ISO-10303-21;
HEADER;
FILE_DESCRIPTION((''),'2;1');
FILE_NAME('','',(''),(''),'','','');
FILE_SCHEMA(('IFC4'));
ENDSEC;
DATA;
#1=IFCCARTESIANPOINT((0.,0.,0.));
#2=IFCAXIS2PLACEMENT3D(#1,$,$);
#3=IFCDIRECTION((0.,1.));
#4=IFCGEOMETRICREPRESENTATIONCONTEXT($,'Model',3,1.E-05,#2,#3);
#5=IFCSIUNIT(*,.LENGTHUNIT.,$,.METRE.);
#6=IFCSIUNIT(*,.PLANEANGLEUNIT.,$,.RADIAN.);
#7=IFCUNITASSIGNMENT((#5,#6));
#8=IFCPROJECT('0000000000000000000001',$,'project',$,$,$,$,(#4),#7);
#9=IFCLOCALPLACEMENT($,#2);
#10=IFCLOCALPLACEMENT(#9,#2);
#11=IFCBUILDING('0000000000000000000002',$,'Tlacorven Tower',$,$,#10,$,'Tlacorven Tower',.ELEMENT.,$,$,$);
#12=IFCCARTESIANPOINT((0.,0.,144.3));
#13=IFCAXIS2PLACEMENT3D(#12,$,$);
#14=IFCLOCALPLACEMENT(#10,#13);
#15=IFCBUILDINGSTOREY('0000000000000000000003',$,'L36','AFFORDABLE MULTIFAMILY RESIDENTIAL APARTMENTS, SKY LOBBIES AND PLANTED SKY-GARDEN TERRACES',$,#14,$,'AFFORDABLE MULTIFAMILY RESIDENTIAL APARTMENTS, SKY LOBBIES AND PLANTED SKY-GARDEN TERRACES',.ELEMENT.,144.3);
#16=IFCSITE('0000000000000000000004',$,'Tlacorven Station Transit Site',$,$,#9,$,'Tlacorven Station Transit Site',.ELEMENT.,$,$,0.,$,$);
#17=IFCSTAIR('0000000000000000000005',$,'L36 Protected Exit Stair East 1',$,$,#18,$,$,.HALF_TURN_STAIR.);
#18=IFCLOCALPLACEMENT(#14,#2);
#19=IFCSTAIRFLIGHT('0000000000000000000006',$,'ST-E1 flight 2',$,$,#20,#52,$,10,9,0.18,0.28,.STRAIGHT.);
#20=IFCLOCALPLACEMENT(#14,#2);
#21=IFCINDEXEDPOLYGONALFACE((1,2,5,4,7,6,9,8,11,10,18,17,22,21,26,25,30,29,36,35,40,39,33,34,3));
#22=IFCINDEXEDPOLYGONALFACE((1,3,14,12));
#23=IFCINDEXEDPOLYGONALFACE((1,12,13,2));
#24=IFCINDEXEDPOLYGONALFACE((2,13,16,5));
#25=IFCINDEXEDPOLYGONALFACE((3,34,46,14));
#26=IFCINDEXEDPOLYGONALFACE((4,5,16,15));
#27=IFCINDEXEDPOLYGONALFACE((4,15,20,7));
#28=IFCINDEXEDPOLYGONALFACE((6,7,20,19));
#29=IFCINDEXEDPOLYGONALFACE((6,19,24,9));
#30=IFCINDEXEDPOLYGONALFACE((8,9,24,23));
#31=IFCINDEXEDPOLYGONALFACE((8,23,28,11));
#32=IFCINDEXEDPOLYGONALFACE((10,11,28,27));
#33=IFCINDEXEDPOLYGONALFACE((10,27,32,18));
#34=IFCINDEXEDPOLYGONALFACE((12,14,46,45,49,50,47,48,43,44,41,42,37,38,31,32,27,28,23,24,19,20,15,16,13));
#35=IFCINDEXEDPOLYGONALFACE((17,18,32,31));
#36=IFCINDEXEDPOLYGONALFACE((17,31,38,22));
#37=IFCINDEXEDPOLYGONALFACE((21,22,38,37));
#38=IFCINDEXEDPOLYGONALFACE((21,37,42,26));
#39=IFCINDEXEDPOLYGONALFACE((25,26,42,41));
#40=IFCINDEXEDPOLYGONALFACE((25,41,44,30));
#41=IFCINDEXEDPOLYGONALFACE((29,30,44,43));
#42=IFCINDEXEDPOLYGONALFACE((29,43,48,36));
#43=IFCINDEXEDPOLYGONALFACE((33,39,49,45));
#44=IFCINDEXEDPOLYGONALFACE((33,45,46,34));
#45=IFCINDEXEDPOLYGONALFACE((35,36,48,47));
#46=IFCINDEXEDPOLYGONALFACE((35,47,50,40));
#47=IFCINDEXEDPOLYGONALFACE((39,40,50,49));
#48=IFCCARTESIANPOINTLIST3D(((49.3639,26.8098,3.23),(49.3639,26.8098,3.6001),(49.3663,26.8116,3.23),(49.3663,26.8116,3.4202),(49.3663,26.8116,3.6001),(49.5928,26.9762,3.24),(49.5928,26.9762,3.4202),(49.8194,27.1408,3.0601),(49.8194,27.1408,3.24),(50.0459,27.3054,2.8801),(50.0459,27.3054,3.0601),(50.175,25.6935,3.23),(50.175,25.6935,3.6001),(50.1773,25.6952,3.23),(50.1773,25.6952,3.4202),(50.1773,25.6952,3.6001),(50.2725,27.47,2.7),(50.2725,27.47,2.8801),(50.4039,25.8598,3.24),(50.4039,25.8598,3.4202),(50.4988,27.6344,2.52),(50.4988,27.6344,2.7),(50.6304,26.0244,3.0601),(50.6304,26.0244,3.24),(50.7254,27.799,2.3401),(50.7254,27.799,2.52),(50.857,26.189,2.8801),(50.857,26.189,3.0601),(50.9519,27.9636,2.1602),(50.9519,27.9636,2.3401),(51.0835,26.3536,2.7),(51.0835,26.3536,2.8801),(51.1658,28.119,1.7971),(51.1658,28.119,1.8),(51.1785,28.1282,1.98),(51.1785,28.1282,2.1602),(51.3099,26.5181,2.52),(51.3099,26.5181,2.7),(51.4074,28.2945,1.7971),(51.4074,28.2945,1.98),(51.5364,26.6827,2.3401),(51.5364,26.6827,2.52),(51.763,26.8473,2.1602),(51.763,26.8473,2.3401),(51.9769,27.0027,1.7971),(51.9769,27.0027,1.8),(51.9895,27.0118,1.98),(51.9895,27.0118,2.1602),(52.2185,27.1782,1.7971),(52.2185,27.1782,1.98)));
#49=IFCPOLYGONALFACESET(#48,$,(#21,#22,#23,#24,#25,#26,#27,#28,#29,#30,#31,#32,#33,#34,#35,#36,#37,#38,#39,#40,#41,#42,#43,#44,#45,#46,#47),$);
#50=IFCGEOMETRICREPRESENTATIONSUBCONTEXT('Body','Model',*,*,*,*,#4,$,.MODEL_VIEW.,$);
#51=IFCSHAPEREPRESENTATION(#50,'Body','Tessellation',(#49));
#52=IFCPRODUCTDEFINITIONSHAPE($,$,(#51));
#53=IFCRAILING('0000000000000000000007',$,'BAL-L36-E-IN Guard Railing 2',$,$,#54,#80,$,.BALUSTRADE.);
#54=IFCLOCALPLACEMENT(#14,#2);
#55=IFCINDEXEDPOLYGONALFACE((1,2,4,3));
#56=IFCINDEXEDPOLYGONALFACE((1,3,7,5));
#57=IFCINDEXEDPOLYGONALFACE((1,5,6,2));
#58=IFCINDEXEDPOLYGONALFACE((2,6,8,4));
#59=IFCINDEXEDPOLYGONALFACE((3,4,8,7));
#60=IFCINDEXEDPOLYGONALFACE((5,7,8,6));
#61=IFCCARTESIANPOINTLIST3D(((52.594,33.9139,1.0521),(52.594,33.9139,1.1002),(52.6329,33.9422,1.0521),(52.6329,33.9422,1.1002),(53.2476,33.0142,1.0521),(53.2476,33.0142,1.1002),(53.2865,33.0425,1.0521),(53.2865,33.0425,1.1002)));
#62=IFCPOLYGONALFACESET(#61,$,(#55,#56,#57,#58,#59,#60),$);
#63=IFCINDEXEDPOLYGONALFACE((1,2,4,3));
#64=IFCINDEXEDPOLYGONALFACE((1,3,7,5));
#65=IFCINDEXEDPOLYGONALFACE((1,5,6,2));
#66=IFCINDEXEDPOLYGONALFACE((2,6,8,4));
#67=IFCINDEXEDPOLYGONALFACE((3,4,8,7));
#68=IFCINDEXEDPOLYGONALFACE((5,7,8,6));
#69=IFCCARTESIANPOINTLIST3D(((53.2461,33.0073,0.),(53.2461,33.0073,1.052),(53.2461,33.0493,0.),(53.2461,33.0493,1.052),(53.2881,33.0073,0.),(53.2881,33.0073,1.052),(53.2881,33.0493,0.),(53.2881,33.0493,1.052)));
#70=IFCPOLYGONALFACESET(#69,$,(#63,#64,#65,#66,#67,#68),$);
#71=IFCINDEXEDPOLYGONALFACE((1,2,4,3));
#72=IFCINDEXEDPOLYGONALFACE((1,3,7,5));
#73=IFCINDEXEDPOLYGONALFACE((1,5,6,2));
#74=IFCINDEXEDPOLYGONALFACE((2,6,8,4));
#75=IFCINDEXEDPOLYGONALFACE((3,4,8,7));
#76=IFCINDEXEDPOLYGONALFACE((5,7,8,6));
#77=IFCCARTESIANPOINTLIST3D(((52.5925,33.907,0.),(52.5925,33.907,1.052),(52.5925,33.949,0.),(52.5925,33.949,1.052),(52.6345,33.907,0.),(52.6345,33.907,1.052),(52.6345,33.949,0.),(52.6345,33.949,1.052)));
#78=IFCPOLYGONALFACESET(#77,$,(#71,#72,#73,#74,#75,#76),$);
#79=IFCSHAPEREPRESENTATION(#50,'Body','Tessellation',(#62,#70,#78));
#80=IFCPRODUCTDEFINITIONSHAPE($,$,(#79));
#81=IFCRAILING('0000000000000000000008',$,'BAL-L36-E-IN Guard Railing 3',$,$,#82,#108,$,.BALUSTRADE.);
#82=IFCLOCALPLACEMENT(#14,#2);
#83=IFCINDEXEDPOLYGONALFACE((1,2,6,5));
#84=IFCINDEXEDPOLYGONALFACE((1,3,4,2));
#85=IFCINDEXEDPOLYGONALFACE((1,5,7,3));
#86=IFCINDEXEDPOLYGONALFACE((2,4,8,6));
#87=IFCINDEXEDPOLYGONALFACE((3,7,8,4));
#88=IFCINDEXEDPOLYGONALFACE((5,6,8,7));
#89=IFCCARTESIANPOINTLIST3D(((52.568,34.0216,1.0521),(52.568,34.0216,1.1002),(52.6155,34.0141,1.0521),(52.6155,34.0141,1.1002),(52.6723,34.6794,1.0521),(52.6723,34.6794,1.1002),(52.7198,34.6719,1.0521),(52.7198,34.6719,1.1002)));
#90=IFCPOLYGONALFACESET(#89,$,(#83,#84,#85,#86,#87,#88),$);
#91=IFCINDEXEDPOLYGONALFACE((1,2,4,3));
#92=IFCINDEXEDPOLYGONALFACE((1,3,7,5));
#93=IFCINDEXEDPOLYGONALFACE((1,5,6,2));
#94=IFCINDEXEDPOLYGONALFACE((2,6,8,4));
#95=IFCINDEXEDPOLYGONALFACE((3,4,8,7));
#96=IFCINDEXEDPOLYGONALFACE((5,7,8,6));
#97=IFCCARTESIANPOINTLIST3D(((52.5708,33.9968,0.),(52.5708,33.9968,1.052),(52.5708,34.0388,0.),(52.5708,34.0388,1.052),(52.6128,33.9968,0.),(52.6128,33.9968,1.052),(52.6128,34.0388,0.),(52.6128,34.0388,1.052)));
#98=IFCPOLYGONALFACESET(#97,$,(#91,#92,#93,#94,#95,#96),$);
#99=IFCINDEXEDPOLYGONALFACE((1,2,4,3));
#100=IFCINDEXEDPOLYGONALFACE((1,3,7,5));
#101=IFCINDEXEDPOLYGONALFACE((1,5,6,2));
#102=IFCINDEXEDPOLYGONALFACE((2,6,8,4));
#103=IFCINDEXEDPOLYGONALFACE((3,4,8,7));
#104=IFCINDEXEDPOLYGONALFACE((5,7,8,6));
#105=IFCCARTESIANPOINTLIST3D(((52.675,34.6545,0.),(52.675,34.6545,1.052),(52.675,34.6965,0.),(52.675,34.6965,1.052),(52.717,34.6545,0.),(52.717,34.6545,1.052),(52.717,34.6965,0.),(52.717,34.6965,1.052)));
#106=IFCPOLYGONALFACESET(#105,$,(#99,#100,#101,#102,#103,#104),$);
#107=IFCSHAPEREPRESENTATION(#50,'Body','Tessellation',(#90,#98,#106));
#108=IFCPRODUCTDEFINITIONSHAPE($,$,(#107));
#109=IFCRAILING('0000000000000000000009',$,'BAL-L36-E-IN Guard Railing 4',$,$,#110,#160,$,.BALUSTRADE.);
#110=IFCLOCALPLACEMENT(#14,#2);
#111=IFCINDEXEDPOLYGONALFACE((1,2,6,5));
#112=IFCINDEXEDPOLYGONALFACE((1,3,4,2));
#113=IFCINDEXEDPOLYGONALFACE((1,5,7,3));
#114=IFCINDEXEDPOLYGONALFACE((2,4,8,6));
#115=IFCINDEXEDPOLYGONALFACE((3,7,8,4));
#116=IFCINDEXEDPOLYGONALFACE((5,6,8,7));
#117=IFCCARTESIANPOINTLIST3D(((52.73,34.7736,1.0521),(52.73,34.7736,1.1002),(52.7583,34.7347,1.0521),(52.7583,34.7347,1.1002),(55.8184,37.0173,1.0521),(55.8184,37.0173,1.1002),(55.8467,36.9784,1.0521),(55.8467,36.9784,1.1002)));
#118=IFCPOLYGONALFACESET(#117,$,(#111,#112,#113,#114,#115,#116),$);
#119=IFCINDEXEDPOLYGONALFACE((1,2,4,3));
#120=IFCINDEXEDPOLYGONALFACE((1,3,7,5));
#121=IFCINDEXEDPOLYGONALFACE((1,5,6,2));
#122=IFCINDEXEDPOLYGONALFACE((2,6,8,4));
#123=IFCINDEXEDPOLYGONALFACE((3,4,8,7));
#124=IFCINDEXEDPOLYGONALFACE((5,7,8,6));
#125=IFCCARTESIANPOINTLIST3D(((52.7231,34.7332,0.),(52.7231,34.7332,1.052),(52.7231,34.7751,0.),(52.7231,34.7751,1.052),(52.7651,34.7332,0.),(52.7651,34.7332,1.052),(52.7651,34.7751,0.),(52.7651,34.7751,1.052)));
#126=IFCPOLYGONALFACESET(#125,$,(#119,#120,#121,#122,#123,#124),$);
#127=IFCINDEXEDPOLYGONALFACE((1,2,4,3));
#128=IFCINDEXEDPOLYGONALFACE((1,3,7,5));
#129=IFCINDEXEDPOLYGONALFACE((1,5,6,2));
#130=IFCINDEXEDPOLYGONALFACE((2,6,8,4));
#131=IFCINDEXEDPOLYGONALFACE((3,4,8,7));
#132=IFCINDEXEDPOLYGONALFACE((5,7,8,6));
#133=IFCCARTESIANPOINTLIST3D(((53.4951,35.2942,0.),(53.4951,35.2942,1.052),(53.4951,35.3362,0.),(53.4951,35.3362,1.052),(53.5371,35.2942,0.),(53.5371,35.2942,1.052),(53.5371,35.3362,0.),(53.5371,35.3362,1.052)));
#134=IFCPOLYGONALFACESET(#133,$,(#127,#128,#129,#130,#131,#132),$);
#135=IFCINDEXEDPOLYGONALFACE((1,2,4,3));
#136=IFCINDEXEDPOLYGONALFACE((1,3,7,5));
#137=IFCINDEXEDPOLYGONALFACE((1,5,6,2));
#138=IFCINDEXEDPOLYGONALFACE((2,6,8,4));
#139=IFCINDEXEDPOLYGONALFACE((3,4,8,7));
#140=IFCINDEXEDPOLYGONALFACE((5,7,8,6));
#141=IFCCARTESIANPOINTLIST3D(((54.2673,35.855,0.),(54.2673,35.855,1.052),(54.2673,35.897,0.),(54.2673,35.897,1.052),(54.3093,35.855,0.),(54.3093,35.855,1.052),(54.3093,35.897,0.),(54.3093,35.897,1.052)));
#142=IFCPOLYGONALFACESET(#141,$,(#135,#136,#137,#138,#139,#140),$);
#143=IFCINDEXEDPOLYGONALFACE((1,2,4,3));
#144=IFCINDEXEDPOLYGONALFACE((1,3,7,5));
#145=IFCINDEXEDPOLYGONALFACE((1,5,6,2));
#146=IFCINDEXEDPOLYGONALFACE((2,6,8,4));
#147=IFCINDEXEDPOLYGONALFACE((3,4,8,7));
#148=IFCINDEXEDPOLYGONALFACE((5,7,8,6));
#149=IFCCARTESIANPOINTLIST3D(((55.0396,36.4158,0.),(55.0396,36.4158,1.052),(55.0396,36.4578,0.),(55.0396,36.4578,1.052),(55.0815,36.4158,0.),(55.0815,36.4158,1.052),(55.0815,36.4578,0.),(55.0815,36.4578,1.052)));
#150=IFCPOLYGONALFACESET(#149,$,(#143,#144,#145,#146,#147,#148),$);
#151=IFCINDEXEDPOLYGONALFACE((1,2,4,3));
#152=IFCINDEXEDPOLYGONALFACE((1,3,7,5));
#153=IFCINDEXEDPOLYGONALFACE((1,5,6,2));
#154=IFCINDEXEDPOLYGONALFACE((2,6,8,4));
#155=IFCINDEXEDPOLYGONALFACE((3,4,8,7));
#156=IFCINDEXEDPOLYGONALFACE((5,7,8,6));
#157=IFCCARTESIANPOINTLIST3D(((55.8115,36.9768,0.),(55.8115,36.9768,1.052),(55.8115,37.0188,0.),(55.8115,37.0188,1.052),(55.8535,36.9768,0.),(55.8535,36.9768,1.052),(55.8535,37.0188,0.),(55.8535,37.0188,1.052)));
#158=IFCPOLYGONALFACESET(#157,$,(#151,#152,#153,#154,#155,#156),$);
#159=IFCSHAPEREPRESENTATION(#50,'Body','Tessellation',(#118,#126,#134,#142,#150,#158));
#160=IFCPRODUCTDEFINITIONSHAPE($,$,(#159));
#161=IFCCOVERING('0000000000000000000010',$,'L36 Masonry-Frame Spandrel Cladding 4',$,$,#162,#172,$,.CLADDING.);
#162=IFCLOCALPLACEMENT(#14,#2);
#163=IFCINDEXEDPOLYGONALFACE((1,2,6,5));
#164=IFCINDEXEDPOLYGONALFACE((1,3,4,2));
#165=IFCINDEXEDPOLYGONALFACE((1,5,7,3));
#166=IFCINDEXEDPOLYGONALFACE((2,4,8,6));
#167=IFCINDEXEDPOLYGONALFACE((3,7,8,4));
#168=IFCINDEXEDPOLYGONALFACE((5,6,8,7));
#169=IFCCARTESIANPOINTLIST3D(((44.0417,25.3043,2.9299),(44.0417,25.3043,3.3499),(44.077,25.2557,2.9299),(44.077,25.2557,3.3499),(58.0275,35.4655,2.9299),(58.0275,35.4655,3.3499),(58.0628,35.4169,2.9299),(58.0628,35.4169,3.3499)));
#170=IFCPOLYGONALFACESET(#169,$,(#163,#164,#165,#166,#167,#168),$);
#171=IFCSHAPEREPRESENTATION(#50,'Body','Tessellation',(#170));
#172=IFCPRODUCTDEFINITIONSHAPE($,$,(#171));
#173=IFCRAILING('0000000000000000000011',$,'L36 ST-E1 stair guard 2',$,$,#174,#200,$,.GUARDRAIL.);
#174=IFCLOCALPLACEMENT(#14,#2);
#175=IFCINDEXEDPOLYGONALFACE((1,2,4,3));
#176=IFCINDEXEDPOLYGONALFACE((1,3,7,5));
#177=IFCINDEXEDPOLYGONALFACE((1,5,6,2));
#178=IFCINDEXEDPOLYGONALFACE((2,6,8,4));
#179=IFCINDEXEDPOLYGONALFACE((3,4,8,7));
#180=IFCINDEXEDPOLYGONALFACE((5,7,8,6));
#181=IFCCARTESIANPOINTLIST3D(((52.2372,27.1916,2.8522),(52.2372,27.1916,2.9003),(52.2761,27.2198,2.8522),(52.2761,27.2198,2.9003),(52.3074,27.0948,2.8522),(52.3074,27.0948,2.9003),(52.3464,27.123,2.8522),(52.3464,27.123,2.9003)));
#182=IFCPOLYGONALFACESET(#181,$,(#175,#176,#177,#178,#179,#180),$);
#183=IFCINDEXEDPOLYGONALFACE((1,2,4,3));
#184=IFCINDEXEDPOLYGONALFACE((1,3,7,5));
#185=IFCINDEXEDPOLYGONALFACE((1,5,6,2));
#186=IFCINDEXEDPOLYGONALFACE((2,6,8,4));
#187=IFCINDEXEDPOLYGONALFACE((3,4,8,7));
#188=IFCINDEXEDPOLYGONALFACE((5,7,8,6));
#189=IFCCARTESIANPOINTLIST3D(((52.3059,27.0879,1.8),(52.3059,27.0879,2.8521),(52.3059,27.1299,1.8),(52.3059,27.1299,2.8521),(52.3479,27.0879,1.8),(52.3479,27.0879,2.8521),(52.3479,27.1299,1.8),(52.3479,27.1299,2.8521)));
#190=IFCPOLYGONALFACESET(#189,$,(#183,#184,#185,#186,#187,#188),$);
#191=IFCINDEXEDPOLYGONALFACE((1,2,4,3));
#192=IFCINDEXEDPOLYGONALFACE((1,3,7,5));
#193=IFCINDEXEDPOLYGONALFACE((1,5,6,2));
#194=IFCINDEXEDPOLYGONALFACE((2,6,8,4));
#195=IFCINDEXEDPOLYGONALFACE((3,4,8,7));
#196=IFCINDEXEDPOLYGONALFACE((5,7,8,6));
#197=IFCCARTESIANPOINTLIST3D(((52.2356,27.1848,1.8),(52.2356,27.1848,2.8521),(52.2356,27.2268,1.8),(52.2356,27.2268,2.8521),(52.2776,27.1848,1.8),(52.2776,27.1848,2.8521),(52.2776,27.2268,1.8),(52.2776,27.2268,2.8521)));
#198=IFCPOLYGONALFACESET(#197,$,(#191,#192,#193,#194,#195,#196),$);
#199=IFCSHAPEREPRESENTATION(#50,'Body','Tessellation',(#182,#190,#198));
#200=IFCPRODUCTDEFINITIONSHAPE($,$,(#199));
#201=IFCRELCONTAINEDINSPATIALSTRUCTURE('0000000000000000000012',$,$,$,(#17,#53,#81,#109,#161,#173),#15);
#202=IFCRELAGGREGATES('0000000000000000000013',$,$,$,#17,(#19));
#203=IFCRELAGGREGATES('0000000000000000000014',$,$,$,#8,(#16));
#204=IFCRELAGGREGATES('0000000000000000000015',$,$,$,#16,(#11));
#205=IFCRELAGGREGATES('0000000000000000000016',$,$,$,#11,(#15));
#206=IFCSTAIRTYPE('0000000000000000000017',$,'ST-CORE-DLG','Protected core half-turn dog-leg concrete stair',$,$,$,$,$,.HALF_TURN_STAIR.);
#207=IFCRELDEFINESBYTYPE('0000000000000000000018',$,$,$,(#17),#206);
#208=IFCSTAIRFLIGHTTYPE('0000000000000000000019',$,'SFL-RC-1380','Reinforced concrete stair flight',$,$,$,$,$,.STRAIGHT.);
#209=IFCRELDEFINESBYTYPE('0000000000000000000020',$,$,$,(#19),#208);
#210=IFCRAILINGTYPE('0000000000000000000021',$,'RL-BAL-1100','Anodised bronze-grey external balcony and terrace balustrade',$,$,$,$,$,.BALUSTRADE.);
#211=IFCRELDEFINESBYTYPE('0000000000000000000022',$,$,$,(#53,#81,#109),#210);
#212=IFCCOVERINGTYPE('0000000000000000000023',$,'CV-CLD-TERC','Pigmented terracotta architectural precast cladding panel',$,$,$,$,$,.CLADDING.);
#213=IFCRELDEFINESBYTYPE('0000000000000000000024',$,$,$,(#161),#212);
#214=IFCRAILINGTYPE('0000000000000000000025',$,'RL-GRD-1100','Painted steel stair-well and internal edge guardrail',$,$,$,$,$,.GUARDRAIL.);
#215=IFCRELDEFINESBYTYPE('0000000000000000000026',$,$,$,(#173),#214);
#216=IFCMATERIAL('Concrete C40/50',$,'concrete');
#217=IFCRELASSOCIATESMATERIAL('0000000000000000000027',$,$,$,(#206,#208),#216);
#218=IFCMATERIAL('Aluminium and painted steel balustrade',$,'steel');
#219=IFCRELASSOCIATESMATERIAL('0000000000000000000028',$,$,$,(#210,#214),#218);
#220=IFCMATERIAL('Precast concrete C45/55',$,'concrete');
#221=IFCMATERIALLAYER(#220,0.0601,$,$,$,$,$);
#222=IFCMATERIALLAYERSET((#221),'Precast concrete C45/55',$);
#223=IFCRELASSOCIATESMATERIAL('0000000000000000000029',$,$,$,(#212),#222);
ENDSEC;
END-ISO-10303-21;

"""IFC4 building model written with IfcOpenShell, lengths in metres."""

from ifc_helpers import new_model, si_unit, direction, frame, origin, origin_2d, place, context, subcontext, project, spatial, polyline, rectangle, outline, extrude, source, transform, mapped, material, layer, layer_set, type_object, element, aggregate, save


model = new_model("IFC4")

# Units and contexts
model_context = context("Model", 3, precision=1e-05, world=origin(), true_north=direction((0.0, 1.0)))
body_context = subcontext(model_context, "Body", "Model", "MODEL_VIEW")
ifc_project = project(units=[si_unit("LENGTHUNIT", "METRE"), si_unit("PLANEANGLEUNIT", "RADIAN")], contexts=[model_context])

# Site, building, storey
site_placement = place(None, origin())
site = spatial("IfcSite", under=ifc_project, at=site_placement, Name="Tlacorven Station Transit Site", LongName="Tlacorven Station Transit Site", CompositionType="ELEMENT", RefElevation=0.0)
building_placement = place(site_placement, origin())
building = spatial("IfcBuilding", under=site, at=building_placement, Name="Tlacorven Tower", LongName="Tlacorven Tower", CompositionType="ELEMENT")
storey_placement = place(building_placement, frame((0.0, 0.0, 144.3)))
storey = spatial("IfcBuildingStorey", under=building, at=storey_placement, Name="L36", Description="AFFORDABLE MULTIFAMILY RESIDENTIAL APARTMENTS, SKY LOBBIES AND PLANTED SKY-GARDEN TERRACES", LongName="AFFORDABLE MULTIFAMILY RESIDENTIAL APARTMENTS, SKY LOBBIES AND PLANTED SKY-GARDEN TERRACES", CompositionType="ELEMENT", Elevation=144.3)

# Stair, stair flight
ifc_material_1 = material(Name="Concrete C40/50", Category="concrete")
stair_type = type_object("IfcStairType", Name="ST-CORE-DLG", Description="Protected core half-turn dog-leg concrete stair", PredefinedType="HALF_TURN_STAIR", material=ifc_material_1)
stair_placement = place(storey_placement, origin())
stair = element("IfcStair", 1, at=stair_placement, inside=storey, type_object=stair_type, Name="L36 Protected Exit Stair East 1", PredefinedType="HALF_TURN_STAIR")
stair_flight_type = type_object("IfcStairFlightType", Name="SFL-RC-1380", Description="Reinforced concrete stair flight", PredefinedType="STRAIGHT", material=ifc_material_1)
shared_shape_1 = source(origin(), body_context, "Body", "SweptSolid", [
    extrude(outline(polyline([(-0.0029, -0.0029), (-0.0029, 0.1799), (0.28, 0.1799), (0.28, 0.3601), (0.5601, 0.3601), (0.5601, 0.54), (0.8401, 0.54), (0.8401, 0.72), (1.1201, 0.72), (1.1201, 0.8999), (1.3999, 0.8999), (1.3999, 1.0801), (1.6799, 1.0801), (1.6799, 1.26), (1.96, 1.26), (1.96, 1.4399), (2.24, 1.4399), (2.24, 1.6201), (2.52, 1.6201), (2.52, 1.8), (2.5229, 1.8), (2.5229, 1.4299), (2.52, 1.4299), (0.2957, 0.0), (0.2957, -0.0029), (-0.0029, -0.0029)])), frame((0.0, 0.6899, 0.0), z_axis=(0.0, -1.0, 0.0), x_axis=(1.0, 0.0, 0.0)), (0.0, 0.0, 1.0), 1.3799),
])
stair_flight_1_placement = place(storey_placement, frame((51.8105, 27.7346, 1.8), z_axis=(0.0, 0.0, 1.0), x_axis=(-0.809017, -0.587785, 0.0)))
stair_flight_1 = element("IfcStairFlight", 2, at=stair_flight_1_placement, type_object=stair_flight_type, Name="ST-E1 flight 2", NumberOfRisers=10, NumberOfTreads=9, PredefinedType="STRAIGHT", RiserHeight=0.18, TreadLength=0.28, context=body_context, shape_type="MappedRepresentation", body=[
    mapped(shared_shape_1, transform((0.0, 0.0, 0.0), scale=1.0)),
])
aggregate(stair, [stair_flight_1])

# Railings
ifc_material_2 = material(Name="Aluminium and painted steel balustrade", Category="steel")
railing_type_1 = type_object("IfcRailingType", Name="RL-BAL-1100", Description="Anodised bronze-grey external balcony and terrace balustrade", PredefinedType="BALUSTRADE", material=ifc_material_2)
shared_shape_2 = source(origin(), body_context, "Body", "SweptSolid", [
    extrude(rectangle(XDim=0.0481, YDim=0.0481, at=origin_2d()), frame((0.0, 0.0, 1.0762), z_axis=(-0.587741, 0.809049, 0.0), x_axis=(-0.809049, -0.587741, 0.0)), (0.0, 0.0, 1.0), 1.1121),
    extrude(rectangle(XDim=0.042, YDim=0.042, at=origin_2d()), origin(), (0.0, 0.0, 1.0), 1.052),
    extrude(rectangle(XDim=0.042, YDim=0.042, at=origin_2d()), frame((-0.6536, 0.8997, 0.0)), (0.0, 0.0, 1.0), 1.052),
])
railing_1_placement = place(storey_placement, frame((53.2671, 33.0283, 0.0)))
element("IfcRailing", 3, at=railing_1_placement, inside=storey, type_object=railing_type_1, Name="BAL-L36-E-IN Guard Railing 2", PredefinedType="BALUSTRADE", context=body_context, shape_type="MappedRepresentation", body=[
    mapped(shared_shape_2, transform((0.0, 0.0, 0.0), scale=1.0)),
])
shared_shape_3 = source(origin(), body_context, "Body", "SweptSolid", [
    extrude(rectangle(XDim=0.0481, YDim=0.0481, at=origin_2d()), frame((0.0, 0.0, 1.0762), z_axis=(0.156546, 0.987671, 0.0), x_axis=(-0.987671, 0.156546, 0.0)), (0.0, 0.0, 1.0), 0.666),
    extrude(rectangle(XDim=0.042, YDim=0.042, at=origin_2d()), origin(), (0.0, 0.0, 1.0), 1.052),
    extrude(rectangle(XDim=0.042, YDim=0.042, at=origin_2d()), frame((0.1042, 0.6577, 0.0)), (0.0, 0.0, 1.0), 1.052),
])
railing_2_placement = place(storey_placement, frame((52.5918, 34.0178, 0.0)))
element("IfcRailing", 4, at=railing_2_placement, inside=storey, type_object=railing_type_1, Name="BAL-L36-E-IN Guard Railing 3", PredefinedType="BALUSTRADE", context=body_context, shape_type="MappedRepresentation", body=[
    mapped(shared_shape_3, transform((0.0, 0.0, 0.0), scale=1.0)),
])
shared_shape_4 = source(origin(), body_context, "Body", "SweptSolid", [
    extrude(rectangle(XDim=0.0481, YDim=0.0481, at=origin_2d()), frame((0.0, 0.0, 1.0762), z_axis=(0.80904, 0.587753, 0.0), x_axis=(-0.587753, 0.80904, 0.0)), (0.0, 0.0, 1.0), 3.8174),
    extrude(rectangle(XDim=0.042, YDim=0.042, at=origin_2d()), origin(), (0.0, 0.0, 1.0), 1.052),
    extrude(rectangle(XDim=0.042, YDim=0.042, at=origin_2d()), frame((0.772, 0.561, 0.0)), (0.0, 0.0, 1.0), 1.052),
    extrude(rectangle(XDim=0.042, YDim=0.042, at=origin_2d()), frame((1.5442, 1.1218, 0.0)), (0.0, 0.0, 1.0), 1.052),
    extrude(rectangle(XDim=0.042, YDim=0.042, at=origin_2d()), frame((2.3164, 1.6826, 0.0)), (0.0, 0.0, 1.0), 1.052),
    extrude(rectangle(XDim=0.042, YDim=0.042, at=origin_2d()), frame((3.0884, 2.2437, 0.0)), (0.0, 0.0, 1.0), 1.052),
])
railing_3_placement = place(storey_placement, frame((52.7441, 34.7542, 0.0)))
element("IfcRailing", 5, at=railing_3_placement, inside=storey, type_object=railing_type_1, Name="BAL-L36-E-IN Guard Railing 4", PredefinedType="BALUSTRADE", context=body_context, shape_type="MappedRepresentation", body=[
    mapped(shared_shape_4, transform((0.0, 0.0, 0.0), scale=1.0)),
])

# Covering
ifc_material_3 = material(Name="Precast concrete C45/55", Category="concrete")
ifc_layer_1 = layer(ifc_material_3, 0.0601)
ifc_layer_set_1 = layer_set([ifc_layer_1], Name="Precast concrete C45/55")
covering_type = type_object("IfcCoveringType", Name="CV-CLD-TERC", Description="Pigmented terracotta architectural precast cladding panel", PredefinedType="CLADDING", material=ifc_layer_set_1)
shared_shape_5 = source(origin(), body_context, "Body", "SweptSolid", [
    extrude(rectangle(XDim=17.2874, YDim=0.0601, at=origin_2d()), origin(), (0.0, 0.0, 1.0), 0.4199),
])
covering_placement = place(storey_placement, frame((51.0522, 30.3606, 2.9299), z_axis=(0.0, 0.0, 1.0), x_axis=(0.809017, 0.587785, 0.0)))
element("IfcCovering", 6, at=covering_placement, inside=storey, type_object=covering_type, Name="L36 Masonry-Frame Spandrel Cladding 4", PredefinedType="CLADDING", context=body_context, shape_type="MappedRepresentation", body=[
    mapped(shared_shape_5, transform((0.0, 0.0, 0.0), scale=1.0)),
])

# Railing
railing_type_2 = type_object("IfcRailingType", Name="RL-GRD-1100", Description="Painted steel stair-well and internal edge guardrail", PredefinedType="GUARDRAIL", material=ifc_material_2)
shared_shape_6 = source(origin(), body_context, "Body", "SweptSolid", [
    extrude(rectangle(XDim=0.0481, YDim=0.0481, at=origin_2d()), frame((0.0, 0.0, 1.0762), z_axis=(-0.587201, 0.809441, 0.0), x_axis=(-0.809441, -0.587201, 0.0)), (0.0, 0.0, 1.0), 0.1196),
    extrude(rectangle(XDim=0.042, YDim=0.042, at=origin_2d()), origin(), (0.0, 0.0, 1.0), 1.052),
    extrude(rectangle(XDim=0.042, YDim=0.042, at=origin_2d()), frame((-0.0703, 0.0969, 0.0)), (0.0, 0.0, 1.0), 1.052),
])
for number, where, name in (
    (7, (52.3269, 27.1089, 1.8), "L36 ST-E1 stair guard 2"),
):
    element("IfcRailing", number, at=place(storey_placement, frame(where)), inside=storey, type_object=railing_type_2, Name=name, PredefinedType="GUARDRAIL", context=body_context, shape_type="MappedRepresentation", body=[
        mapped(shared_shape_6, transform((0.0, 0.0, 0.0), scale=1.0)),
    ])

save(model, "model.ifc")
